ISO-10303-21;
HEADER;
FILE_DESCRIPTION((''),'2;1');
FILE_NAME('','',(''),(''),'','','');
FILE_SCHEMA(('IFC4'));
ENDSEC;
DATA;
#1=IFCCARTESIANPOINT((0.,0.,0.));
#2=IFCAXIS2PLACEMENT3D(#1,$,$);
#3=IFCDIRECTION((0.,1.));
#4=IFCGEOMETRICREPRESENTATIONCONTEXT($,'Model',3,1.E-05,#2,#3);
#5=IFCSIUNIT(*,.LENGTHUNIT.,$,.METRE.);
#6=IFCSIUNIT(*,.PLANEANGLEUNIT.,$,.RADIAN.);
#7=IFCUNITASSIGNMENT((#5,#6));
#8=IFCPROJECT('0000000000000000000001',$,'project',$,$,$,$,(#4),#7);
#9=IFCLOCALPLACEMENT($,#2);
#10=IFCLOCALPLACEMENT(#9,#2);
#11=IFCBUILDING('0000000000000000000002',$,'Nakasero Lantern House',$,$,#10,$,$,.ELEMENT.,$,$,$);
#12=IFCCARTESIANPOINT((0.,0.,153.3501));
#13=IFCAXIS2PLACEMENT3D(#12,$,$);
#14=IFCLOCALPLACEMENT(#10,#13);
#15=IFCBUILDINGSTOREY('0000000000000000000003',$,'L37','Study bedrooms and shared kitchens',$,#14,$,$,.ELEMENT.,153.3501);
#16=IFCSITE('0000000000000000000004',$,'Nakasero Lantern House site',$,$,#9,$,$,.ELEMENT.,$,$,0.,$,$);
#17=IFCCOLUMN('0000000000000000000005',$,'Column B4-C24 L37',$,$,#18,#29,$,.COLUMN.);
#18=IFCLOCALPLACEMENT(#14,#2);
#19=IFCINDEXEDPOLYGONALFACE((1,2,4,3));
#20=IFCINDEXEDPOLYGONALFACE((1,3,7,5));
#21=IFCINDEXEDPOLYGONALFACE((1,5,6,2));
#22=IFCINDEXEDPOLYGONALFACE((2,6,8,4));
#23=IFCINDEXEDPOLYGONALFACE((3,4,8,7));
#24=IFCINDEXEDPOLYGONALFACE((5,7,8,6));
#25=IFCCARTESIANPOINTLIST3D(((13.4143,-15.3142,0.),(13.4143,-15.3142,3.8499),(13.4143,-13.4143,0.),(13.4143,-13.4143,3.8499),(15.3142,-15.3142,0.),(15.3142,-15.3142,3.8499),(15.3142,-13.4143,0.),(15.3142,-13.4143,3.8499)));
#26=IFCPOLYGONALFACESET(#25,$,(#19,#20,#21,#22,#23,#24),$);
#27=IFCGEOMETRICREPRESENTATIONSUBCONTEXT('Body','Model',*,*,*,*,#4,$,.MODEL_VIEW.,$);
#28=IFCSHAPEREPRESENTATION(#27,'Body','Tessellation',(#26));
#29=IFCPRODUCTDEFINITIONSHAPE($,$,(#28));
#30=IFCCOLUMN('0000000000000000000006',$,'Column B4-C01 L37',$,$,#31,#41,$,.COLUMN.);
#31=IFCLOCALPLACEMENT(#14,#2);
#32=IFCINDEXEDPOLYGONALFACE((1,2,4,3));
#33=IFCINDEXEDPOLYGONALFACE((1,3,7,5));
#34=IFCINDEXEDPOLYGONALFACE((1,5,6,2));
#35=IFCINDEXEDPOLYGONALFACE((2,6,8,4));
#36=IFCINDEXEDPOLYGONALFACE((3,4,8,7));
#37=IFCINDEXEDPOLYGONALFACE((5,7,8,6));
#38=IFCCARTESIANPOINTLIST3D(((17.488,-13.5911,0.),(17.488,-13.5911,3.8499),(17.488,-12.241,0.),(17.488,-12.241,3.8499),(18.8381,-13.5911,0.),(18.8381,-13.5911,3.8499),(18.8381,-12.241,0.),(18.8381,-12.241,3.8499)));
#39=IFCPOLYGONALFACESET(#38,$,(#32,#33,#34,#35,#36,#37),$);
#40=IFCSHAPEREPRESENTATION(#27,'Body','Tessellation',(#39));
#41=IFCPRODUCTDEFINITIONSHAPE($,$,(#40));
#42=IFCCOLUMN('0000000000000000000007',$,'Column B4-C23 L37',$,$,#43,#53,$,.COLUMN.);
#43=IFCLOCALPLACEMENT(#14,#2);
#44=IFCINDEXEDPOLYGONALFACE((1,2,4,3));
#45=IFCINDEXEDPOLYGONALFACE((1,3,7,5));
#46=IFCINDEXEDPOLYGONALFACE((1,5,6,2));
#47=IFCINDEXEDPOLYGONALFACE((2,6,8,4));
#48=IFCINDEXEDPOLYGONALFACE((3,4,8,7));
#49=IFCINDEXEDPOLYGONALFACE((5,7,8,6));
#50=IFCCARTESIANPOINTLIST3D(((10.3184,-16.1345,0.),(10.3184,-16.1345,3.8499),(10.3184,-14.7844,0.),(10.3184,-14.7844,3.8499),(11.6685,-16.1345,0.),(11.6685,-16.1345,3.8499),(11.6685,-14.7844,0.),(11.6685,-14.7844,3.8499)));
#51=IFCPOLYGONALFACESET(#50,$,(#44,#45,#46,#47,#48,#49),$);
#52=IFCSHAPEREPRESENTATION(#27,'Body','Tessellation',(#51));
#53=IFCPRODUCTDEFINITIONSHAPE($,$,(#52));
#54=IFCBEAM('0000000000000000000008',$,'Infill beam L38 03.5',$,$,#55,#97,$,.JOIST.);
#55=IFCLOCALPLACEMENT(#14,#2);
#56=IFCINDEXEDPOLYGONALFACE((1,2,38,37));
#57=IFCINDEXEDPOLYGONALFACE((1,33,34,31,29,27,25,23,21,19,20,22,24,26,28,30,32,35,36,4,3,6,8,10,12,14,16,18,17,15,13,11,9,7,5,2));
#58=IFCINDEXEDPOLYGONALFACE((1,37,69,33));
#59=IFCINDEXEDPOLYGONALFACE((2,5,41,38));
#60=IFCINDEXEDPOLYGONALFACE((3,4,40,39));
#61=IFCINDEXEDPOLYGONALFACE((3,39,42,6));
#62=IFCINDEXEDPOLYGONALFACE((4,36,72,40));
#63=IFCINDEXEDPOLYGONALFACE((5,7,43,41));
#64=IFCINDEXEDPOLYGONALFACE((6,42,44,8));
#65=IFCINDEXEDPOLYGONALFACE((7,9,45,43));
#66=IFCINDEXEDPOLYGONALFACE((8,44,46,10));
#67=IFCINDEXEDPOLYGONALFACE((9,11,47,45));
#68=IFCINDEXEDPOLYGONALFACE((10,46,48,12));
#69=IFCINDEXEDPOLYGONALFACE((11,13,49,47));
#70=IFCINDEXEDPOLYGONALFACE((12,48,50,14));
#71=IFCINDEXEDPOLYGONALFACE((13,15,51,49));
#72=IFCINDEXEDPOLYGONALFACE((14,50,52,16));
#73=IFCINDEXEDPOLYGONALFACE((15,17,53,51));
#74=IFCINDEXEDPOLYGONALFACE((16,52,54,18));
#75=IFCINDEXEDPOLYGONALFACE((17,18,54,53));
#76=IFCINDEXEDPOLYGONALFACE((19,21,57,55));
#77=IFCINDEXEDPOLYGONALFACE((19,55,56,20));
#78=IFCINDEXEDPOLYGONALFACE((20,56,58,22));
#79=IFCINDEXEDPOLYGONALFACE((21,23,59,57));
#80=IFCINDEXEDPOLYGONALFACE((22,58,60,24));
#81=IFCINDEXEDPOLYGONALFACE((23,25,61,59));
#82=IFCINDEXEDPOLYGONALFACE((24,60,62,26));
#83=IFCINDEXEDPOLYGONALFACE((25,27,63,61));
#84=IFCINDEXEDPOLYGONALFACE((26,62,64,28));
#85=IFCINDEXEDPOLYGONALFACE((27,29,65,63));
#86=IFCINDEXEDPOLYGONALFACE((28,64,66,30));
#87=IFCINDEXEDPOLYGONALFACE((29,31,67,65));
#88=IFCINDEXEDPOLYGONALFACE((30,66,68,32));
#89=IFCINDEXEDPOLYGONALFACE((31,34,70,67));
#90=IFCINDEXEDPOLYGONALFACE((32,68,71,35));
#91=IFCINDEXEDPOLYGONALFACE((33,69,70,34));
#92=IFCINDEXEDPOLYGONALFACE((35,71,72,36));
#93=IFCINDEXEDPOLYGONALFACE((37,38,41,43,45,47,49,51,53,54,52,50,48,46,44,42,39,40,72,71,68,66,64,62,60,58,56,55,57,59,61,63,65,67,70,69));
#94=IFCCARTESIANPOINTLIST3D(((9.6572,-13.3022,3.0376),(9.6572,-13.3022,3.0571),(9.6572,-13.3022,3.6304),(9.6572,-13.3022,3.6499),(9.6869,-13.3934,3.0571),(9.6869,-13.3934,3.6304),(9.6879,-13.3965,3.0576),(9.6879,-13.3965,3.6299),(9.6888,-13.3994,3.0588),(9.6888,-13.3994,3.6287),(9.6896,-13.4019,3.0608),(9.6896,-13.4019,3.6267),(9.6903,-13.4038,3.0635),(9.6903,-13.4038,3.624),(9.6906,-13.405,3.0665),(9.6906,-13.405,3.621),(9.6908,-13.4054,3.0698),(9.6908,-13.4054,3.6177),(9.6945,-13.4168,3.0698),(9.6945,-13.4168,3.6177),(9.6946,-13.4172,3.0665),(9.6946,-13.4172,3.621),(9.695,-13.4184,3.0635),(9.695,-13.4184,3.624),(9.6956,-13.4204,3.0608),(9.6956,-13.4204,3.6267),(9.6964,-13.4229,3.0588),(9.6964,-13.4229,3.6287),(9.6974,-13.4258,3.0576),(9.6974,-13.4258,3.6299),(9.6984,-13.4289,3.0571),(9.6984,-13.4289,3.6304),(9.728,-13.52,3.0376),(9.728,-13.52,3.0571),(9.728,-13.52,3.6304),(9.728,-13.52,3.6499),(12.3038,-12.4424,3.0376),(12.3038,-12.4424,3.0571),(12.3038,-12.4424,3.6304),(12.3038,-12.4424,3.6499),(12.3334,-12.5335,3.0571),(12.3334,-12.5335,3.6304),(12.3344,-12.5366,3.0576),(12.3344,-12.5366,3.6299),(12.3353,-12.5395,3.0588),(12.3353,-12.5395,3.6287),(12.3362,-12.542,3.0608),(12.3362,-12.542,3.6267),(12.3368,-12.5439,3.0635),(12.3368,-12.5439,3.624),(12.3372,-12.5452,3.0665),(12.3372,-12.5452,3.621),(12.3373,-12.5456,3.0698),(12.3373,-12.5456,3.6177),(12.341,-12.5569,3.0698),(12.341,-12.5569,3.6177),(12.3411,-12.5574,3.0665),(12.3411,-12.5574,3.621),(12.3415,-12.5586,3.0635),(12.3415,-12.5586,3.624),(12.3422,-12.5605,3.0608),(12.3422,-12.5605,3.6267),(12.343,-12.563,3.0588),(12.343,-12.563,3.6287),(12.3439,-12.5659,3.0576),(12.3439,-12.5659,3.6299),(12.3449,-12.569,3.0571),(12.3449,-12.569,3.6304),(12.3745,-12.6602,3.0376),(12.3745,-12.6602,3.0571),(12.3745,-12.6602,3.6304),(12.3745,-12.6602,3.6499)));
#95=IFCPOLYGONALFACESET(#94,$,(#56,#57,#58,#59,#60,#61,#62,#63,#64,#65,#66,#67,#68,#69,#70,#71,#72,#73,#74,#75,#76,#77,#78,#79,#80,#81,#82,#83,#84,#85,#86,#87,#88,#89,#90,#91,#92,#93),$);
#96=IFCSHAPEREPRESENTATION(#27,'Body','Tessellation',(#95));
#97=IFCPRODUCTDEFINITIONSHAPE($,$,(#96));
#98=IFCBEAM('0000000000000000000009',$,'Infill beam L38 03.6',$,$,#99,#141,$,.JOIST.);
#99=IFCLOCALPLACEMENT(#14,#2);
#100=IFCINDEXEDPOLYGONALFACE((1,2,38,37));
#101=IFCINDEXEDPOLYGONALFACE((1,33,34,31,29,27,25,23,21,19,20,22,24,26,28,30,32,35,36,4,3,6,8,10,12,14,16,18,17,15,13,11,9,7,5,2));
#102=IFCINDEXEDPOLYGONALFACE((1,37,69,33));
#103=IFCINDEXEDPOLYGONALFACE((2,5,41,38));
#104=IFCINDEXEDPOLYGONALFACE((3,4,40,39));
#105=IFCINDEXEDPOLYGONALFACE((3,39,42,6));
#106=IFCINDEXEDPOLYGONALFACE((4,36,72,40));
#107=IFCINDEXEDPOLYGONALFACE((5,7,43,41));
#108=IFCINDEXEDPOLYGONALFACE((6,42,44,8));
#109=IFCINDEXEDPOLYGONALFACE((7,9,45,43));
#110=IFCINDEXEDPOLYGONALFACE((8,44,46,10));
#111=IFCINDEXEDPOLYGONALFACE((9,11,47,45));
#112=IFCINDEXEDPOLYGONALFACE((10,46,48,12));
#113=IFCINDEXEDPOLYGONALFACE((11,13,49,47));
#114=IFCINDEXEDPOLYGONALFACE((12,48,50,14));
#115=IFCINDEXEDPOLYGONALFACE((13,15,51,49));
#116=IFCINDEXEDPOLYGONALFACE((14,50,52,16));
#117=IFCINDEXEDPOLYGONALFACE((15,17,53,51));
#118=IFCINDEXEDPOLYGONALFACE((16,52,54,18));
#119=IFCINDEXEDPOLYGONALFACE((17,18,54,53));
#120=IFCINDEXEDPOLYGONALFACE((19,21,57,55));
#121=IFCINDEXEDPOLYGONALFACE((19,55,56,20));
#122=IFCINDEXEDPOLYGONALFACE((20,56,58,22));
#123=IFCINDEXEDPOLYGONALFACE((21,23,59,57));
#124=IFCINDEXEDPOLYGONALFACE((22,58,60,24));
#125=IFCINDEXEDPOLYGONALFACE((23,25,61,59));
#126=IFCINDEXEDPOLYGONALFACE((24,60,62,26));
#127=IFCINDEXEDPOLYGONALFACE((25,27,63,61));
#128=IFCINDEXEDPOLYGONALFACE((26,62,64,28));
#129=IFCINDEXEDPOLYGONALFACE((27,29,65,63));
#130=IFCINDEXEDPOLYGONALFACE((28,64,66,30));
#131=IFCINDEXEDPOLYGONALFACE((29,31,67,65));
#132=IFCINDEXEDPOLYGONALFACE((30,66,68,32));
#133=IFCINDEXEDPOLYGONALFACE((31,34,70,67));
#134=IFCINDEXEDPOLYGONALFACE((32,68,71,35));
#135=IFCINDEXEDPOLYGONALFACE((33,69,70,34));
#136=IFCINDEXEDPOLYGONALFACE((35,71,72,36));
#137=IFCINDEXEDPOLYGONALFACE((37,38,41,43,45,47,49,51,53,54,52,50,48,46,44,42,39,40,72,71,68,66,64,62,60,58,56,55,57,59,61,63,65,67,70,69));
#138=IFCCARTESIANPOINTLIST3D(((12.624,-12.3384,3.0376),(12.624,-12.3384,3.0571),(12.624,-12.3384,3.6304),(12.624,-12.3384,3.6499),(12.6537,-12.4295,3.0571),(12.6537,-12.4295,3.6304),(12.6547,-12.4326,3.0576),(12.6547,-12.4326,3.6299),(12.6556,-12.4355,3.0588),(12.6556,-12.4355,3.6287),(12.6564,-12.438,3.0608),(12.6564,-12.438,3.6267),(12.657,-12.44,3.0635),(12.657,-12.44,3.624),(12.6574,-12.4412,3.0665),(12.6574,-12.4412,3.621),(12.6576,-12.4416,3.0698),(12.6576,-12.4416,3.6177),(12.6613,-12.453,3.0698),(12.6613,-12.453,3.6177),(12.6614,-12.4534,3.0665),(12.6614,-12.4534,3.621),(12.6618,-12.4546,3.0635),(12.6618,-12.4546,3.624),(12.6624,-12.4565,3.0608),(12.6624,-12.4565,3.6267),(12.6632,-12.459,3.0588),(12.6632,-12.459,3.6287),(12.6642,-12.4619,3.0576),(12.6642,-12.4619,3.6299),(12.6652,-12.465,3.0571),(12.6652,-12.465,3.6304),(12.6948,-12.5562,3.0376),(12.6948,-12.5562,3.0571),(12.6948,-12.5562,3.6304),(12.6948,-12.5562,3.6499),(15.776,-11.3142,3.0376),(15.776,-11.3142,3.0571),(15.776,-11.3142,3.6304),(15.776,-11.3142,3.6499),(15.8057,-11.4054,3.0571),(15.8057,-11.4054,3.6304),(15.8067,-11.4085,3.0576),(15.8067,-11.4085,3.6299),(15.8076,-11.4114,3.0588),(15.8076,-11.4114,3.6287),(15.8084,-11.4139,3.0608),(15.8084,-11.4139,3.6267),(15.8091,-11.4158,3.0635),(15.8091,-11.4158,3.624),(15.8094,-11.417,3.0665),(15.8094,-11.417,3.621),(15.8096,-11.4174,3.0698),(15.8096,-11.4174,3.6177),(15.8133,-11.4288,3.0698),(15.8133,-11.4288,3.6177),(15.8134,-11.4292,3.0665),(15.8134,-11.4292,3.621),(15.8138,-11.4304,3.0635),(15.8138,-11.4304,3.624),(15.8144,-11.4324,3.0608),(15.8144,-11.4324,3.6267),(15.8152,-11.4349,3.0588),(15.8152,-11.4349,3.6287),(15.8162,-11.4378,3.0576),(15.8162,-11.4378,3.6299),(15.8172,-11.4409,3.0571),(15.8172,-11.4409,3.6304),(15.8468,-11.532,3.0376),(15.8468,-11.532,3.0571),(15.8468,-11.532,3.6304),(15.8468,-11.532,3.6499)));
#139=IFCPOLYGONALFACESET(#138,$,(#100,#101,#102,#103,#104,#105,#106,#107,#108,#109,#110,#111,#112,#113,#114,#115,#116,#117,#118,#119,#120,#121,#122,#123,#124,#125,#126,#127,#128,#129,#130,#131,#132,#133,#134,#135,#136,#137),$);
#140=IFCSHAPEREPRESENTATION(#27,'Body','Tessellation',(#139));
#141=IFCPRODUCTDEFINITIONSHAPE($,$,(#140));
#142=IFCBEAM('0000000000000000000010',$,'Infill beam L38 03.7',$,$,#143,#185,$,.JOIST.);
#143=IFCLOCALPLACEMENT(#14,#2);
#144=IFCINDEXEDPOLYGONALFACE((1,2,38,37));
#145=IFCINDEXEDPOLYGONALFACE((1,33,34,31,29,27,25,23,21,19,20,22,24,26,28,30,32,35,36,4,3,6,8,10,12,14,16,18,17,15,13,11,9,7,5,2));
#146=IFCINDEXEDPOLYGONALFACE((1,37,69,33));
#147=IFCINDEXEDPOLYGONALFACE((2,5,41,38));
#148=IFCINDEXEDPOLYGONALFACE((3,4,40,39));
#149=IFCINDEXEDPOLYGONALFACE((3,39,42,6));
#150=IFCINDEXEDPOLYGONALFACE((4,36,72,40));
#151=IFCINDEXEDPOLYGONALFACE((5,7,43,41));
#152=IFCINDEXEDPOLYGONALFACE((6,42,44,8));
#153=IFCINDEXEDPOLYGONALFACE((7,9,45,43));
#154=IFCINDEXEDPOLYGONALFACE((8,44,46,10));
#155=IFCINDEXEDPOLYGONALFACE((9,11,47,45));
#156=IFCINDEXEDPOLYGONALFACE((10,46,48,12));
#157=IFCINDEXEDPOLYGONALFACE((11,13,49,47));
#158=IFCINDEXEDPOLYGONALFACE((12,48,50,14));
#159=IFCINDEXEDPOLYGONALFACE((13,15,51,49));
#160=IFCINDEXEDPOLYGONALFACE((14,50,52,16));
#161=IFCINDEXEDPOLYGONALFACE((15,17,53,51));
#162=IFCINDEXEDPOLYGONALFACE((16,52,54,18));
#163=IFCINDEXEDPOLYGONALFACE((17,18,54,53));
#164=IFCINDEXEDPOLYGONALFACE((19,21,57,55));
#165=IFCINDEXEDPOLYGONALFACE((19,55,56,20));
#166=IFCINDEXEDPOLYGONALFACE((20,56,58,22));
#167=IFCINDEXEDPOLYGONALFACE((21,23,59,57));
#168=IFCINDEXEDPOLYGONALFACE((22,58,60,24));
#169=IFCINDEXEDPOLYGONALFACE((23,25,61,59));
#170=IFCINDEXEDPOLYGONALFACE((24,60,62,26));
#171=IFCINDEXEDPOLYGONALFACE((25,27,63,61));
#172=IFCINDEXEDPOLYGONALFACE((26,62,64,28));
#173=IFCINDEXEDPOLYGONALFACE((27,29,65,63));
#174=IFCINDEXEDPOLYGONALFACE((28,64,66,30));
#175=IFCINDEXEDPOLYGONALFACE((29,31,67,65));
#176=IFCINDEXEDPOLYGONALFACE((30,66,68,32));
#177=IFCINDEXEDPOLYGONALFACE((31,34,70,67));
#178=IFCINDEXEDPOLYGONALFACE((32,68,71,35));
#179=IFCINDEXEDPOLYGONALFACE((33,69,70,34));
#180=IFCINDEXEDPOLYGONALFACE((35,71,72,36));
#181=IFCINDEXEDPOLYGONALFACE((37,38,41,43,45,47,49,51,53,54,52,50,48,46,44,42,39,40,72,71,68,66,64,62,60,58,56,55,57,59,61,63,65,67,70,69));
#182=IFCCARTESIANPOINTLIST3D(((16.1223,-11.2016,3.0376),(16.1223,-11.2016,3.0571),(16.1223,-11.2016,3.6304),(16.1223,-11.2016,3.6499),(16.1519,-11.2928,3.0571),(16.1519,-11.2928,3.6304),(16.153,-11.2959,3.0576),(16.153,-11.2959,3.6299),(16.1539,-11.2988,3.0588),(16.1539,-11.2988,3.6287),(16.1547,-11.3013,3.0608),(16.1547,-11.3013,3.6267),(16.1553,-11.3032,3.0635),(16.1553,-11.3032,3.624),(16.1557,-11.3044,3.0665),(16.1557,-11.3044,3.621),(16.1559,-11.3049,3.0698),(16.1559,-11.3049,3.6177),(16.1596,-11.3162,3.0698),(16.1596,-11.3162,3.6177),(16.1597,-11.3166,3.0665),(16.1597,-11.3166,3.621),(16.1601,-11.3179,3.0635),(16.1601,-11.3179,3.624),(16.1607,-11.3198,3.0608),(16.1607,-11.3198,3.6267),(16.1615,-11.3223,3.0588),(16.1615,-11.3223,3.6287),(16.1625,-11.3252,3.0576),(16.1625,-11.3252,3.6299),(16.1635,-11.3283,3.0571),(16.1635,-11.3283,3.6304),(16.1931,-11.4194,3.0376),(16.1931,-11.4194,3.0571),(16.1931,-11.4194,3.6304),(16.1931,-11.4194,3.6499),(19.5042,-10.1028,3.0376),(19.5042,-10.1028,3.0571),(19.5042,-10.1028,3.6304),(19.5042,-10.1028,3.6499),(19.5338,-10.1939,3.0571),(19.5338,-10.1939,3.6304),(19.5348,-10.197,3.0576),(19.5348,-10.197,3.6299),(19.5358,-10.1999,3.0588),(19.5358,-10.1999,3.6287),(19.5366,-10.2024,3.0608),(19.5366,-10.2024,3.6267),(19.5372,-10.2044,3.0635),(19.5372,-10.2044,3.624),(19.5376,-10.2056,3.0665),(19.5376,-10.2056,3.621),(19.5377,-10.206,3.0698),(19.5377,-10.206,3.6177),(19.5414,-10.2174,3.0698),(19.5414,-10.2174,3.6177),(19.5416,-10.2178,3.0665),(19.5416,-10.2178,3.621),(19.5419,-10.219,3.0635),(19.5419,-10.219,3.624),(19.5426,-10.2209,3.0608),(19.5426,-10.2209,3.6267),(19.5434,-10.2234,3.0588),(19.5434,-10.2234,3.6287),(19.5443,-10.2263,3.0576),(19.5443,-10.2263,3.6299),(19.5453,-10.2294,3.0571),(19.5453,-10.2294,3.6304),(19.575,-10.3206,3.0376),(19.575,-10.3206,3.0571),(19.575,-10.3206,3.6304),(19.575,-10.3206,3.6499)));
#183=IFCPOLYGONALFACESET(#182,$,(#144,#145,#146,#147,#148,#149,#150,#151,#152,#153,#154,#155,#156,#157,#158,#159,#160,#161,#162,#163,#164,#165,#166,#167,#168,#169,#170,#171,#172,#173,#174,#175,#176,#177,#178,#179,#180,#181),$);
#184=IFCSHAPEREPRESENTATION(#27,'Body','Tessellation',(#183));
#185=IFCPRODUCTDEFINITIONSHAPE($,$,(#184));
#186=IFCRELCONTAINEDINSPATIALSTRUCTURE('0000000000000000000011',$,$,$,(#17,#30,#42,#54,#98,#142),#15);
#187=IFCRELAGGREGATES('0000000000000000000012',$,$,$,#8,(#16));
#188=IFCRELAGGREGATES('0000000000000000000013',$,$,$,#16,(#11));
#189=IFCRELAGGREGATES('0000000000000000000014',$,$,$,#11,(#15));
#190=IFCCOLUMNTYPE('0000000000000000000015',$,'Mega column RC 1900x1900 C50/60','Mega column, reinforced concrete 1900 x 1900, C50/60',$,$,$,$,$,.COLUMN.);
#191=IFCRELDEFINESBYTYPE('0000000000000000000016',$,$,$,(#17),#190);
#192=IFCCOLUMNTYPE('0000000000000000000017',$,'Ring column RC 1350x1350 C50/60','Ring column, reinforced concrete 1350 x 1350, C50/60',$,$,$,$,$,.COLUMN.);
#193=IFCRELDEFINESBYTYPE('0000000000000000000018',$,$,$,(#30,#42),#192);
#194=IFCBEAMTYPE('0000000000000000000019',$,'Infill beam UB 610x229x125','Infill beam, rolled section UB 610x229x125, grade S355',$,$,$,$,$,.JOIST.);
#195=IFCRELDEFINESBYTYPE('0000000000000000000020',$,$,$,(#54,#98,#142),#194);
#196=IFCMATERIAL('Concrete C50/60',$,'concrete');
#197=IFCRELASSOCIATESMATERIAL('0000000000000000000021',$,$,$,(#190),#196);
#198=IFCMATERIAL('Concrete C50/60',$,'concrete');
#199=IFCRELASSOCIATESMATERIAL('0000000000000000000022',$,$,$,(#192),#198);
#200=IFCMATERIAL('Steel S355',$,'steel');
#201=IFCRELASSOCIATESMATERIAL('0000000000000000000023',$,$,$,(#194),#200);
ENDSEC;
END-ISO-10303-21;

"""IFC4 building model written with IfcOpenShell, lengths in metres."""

from ifc_helpers import new_model, si_unit, direction, frame, origin, origin_2d, place, context, subcontext, project, spatial, rectangle, i_section, extrude, material, material_profile, profile_set, type_object, element, save


model = new_model("IFC4")

# Units and contexts
model_context = context("Model", 3, precision=1e-05, world=origin(), true_north=direction((0.0, 1.0)))
body_context = subcontext(model_context, "Body", "Model", "MODEL_VIEW")
ifc_project = project(units=[si_unit("LENGTHUNIT", "METRE"), si_unit("PLANEANGLEUNIT", "RADIAN")], contexts=[model_context])

# Site, building, storey
site_placement = place(None, origin())
site = spatial("IfcSite", under=ifc_project, at=site_placement, Name="Nakasero Lantern House site", CompositionType="ELEMENT", RefElevation=0.0)
building_placement = place(site_placement, origin())
building = spatial("IfcBuilding", under=site, at=building_placement, Name="Nakasero Lantern House", CompositionType="ELEMENT")
storey_placement = place(building_placement, frame((0.0, 0.0, 153.3501)))
storey = spatial("IfcBuildingStorey", under=building, at=storey_placement, Name="L37", Description="Study bedrooms and shared kitchens", CompositionType="ELEMENT", Elevation=153.3501)

# Columns
ifc_material_1 = material(Name="Concrete C50/60", Category="concrete")
ifc_material_profile_1 = material_profile(ifc_material_1, rectangle(XDim=1.8999, YDim=1.8999, at=origin_2d()), Name="RC 1900x1900")
ifc_profile_set_1 = profile_set([ifc_material_profile_1], Name="Concrete C50/60")
column_type_1 = type_object("IfcColumnType", Name="Mega column RC 1900x1900 C50/60", Description="Mega column, reinforced concrete 1900 x 1900, C50/60", PredefinedType="COLUMN", material=ifc_profile_set_1)
column_placement = place(storey_placement, frame((14.3643, -14.3643, 0.0), z_axis=(0.0, 0.0, 1.0), x_axis=(1.0, 0.0, 0.0)))
element("IfcColumn", 1, at=column_placement, inside=storey, type_object=column_type_1, Name="Column B4-C24 L37", PredefinedType="COLUMN", context=body_context, shape_type="SweptSolid", body=[
    extrude(rectangle(XDim=1.8999, YDim=1.8999, at=origin_2d()), origin(), (0.0, 0.0, 1.0), 3.8499),
])
ifc_material_2 = material(Name="Concrete C50/60", Category="concrete")
ifc_material_profile_2 = material_profile(ifc_material_2, rectangle(XDim=1.3501, YDim=1.3501, at=origin_2d()), Name="RC 1350x1350")
ifc_profile_set_2 = profile_set([ifc_material_profile_2], Name="Concrete C50/60")
column_type_2 = type_object("IfcColumnType", Name="Ring column RC 1350x1350 C50/60", Description="Ring column, reinforced concrete 1350 x 1350, C50/60", PredefinedType="COLUMN", material=ifc_profile_set_2)
for number, where, z_axis, x_axis, name in (
    (2, (18.1631, -12.916, 0.0), (0.0, 0.0, 1.0), (1.0, 0.0, 0.0), "Column B4-C01 L37"),
    (3, (10.9934, -15.4595, 0.0), (0.0, 0.0, 1.0), (1.0, 0.0, 0.0), "Column B4-C23 L37"),
):
    element("IfcColumn", number, at=place(storey_placement, frame(where, z_axis=z_axis, x_axis=x_axis)), inside=storey, type_object=column_type_2, Name=name, PredefinedType="COLUMN", context=body_context, shape_type="SweptSolid", body=[
        extrude(rectangle(XDim=1.3501, YDim=1.3501, at=origin_2d()), origin(), (0.0, 0.0, 1.0), 3.8499),
    ])

# Beams
ifc_material_3 = material(Name="Steel S355", Category="steel")
ifc_material_profile_3 = material_profile(ifc_material_3, i_section(OverallWidth=0.229, OverallDepth=0.6123, WebThickness=0.012, FlangeThickness=0.0195, FilletRadius=0.0127, at=origin_2d()), Name="UB 610x229x125")
ifc_profile_set_3 = profile_set([ifc_material_profile_3], Name="Steel S355")
beam_type_1 = type_object("IfcBeamType", Name="Infill beam UB 610x229x125", Description="Infill beam, rolled section UB 610x229x125, grade S355", PredefinedType="JOIST", material=ifc_profile_set_3)
beam_1_placement = place(storey_placement, frame((9.6926, -13.4111, 3.3438), z_axis=(0.95106, 0.309007, 0.0), x_axis=(-0.309007, 0.95106, 0.0)))
element("IfcBeam", 4, at=beam_1_placement, inside=storey, type_object=beam_type_1, Name="Infill beam L38 03.5", PredefinedType="JOIST", context=body_context, shape_type="SweptSolid", body=[
    extrude(i_section(OverallWidth=0.229, OverallDepth=0.6123, WebThickness=0.012, FlangeThickness=0.0195, FilletRadius=0.0127, at=origin_2d()), origin(), (0.0, 0.0, 1.0), 2.7827),
])
beam_2_placement = place(storey_placement, frame((12.6594, -12.4473, 3.3438), z_axis=(0.951057, 0.309014, 0.0), x_axis=(-0.309014, 0.951057, 0.0)))
element("IfcBeam", 5, at=beam_2_placement, inside=storey, type_object=beam_type_1, Name="Infill beam L38 03.6", PredefinedType="JOIST", context=body_context, shape_type="SweptSolid", body=[
    extrude(i_section(OverallWidth=0.229, OverallDepth=0.6123, WebThickness=0.012, FlangeThickness=0.0195, FilletRadius=0.0127, at=origin_2d()), origin(), (0.0, 0.0, 1.0), 3.3142),
])
beam_3_placement = place(storey_placement, frame((16.1577, -11.3105, 3.3438), z_axis=(0.951052, 0.30903, 0.0), x_axis=(-0.30903, 0.951052, 0.0)))
element("IfcBeam", 6, at=beam_3_placement, inside=storey, type_object=beam_type_1, Name="Infill beam L38 03.7", PredefinedType="JOIST", context=body_context, shape_type="SweptSolid", body=[
    extrude(i_section(OverallWidth=0.229, OverallDepth=0.6123, WebThickness=0.012, FlangeThickness=0.0195, FilletRadius=0.0127, at=origin_2d()), origin(), (0.0, 0.0, 1.0), 3.5559),
])

save(model, "model.ifc")
